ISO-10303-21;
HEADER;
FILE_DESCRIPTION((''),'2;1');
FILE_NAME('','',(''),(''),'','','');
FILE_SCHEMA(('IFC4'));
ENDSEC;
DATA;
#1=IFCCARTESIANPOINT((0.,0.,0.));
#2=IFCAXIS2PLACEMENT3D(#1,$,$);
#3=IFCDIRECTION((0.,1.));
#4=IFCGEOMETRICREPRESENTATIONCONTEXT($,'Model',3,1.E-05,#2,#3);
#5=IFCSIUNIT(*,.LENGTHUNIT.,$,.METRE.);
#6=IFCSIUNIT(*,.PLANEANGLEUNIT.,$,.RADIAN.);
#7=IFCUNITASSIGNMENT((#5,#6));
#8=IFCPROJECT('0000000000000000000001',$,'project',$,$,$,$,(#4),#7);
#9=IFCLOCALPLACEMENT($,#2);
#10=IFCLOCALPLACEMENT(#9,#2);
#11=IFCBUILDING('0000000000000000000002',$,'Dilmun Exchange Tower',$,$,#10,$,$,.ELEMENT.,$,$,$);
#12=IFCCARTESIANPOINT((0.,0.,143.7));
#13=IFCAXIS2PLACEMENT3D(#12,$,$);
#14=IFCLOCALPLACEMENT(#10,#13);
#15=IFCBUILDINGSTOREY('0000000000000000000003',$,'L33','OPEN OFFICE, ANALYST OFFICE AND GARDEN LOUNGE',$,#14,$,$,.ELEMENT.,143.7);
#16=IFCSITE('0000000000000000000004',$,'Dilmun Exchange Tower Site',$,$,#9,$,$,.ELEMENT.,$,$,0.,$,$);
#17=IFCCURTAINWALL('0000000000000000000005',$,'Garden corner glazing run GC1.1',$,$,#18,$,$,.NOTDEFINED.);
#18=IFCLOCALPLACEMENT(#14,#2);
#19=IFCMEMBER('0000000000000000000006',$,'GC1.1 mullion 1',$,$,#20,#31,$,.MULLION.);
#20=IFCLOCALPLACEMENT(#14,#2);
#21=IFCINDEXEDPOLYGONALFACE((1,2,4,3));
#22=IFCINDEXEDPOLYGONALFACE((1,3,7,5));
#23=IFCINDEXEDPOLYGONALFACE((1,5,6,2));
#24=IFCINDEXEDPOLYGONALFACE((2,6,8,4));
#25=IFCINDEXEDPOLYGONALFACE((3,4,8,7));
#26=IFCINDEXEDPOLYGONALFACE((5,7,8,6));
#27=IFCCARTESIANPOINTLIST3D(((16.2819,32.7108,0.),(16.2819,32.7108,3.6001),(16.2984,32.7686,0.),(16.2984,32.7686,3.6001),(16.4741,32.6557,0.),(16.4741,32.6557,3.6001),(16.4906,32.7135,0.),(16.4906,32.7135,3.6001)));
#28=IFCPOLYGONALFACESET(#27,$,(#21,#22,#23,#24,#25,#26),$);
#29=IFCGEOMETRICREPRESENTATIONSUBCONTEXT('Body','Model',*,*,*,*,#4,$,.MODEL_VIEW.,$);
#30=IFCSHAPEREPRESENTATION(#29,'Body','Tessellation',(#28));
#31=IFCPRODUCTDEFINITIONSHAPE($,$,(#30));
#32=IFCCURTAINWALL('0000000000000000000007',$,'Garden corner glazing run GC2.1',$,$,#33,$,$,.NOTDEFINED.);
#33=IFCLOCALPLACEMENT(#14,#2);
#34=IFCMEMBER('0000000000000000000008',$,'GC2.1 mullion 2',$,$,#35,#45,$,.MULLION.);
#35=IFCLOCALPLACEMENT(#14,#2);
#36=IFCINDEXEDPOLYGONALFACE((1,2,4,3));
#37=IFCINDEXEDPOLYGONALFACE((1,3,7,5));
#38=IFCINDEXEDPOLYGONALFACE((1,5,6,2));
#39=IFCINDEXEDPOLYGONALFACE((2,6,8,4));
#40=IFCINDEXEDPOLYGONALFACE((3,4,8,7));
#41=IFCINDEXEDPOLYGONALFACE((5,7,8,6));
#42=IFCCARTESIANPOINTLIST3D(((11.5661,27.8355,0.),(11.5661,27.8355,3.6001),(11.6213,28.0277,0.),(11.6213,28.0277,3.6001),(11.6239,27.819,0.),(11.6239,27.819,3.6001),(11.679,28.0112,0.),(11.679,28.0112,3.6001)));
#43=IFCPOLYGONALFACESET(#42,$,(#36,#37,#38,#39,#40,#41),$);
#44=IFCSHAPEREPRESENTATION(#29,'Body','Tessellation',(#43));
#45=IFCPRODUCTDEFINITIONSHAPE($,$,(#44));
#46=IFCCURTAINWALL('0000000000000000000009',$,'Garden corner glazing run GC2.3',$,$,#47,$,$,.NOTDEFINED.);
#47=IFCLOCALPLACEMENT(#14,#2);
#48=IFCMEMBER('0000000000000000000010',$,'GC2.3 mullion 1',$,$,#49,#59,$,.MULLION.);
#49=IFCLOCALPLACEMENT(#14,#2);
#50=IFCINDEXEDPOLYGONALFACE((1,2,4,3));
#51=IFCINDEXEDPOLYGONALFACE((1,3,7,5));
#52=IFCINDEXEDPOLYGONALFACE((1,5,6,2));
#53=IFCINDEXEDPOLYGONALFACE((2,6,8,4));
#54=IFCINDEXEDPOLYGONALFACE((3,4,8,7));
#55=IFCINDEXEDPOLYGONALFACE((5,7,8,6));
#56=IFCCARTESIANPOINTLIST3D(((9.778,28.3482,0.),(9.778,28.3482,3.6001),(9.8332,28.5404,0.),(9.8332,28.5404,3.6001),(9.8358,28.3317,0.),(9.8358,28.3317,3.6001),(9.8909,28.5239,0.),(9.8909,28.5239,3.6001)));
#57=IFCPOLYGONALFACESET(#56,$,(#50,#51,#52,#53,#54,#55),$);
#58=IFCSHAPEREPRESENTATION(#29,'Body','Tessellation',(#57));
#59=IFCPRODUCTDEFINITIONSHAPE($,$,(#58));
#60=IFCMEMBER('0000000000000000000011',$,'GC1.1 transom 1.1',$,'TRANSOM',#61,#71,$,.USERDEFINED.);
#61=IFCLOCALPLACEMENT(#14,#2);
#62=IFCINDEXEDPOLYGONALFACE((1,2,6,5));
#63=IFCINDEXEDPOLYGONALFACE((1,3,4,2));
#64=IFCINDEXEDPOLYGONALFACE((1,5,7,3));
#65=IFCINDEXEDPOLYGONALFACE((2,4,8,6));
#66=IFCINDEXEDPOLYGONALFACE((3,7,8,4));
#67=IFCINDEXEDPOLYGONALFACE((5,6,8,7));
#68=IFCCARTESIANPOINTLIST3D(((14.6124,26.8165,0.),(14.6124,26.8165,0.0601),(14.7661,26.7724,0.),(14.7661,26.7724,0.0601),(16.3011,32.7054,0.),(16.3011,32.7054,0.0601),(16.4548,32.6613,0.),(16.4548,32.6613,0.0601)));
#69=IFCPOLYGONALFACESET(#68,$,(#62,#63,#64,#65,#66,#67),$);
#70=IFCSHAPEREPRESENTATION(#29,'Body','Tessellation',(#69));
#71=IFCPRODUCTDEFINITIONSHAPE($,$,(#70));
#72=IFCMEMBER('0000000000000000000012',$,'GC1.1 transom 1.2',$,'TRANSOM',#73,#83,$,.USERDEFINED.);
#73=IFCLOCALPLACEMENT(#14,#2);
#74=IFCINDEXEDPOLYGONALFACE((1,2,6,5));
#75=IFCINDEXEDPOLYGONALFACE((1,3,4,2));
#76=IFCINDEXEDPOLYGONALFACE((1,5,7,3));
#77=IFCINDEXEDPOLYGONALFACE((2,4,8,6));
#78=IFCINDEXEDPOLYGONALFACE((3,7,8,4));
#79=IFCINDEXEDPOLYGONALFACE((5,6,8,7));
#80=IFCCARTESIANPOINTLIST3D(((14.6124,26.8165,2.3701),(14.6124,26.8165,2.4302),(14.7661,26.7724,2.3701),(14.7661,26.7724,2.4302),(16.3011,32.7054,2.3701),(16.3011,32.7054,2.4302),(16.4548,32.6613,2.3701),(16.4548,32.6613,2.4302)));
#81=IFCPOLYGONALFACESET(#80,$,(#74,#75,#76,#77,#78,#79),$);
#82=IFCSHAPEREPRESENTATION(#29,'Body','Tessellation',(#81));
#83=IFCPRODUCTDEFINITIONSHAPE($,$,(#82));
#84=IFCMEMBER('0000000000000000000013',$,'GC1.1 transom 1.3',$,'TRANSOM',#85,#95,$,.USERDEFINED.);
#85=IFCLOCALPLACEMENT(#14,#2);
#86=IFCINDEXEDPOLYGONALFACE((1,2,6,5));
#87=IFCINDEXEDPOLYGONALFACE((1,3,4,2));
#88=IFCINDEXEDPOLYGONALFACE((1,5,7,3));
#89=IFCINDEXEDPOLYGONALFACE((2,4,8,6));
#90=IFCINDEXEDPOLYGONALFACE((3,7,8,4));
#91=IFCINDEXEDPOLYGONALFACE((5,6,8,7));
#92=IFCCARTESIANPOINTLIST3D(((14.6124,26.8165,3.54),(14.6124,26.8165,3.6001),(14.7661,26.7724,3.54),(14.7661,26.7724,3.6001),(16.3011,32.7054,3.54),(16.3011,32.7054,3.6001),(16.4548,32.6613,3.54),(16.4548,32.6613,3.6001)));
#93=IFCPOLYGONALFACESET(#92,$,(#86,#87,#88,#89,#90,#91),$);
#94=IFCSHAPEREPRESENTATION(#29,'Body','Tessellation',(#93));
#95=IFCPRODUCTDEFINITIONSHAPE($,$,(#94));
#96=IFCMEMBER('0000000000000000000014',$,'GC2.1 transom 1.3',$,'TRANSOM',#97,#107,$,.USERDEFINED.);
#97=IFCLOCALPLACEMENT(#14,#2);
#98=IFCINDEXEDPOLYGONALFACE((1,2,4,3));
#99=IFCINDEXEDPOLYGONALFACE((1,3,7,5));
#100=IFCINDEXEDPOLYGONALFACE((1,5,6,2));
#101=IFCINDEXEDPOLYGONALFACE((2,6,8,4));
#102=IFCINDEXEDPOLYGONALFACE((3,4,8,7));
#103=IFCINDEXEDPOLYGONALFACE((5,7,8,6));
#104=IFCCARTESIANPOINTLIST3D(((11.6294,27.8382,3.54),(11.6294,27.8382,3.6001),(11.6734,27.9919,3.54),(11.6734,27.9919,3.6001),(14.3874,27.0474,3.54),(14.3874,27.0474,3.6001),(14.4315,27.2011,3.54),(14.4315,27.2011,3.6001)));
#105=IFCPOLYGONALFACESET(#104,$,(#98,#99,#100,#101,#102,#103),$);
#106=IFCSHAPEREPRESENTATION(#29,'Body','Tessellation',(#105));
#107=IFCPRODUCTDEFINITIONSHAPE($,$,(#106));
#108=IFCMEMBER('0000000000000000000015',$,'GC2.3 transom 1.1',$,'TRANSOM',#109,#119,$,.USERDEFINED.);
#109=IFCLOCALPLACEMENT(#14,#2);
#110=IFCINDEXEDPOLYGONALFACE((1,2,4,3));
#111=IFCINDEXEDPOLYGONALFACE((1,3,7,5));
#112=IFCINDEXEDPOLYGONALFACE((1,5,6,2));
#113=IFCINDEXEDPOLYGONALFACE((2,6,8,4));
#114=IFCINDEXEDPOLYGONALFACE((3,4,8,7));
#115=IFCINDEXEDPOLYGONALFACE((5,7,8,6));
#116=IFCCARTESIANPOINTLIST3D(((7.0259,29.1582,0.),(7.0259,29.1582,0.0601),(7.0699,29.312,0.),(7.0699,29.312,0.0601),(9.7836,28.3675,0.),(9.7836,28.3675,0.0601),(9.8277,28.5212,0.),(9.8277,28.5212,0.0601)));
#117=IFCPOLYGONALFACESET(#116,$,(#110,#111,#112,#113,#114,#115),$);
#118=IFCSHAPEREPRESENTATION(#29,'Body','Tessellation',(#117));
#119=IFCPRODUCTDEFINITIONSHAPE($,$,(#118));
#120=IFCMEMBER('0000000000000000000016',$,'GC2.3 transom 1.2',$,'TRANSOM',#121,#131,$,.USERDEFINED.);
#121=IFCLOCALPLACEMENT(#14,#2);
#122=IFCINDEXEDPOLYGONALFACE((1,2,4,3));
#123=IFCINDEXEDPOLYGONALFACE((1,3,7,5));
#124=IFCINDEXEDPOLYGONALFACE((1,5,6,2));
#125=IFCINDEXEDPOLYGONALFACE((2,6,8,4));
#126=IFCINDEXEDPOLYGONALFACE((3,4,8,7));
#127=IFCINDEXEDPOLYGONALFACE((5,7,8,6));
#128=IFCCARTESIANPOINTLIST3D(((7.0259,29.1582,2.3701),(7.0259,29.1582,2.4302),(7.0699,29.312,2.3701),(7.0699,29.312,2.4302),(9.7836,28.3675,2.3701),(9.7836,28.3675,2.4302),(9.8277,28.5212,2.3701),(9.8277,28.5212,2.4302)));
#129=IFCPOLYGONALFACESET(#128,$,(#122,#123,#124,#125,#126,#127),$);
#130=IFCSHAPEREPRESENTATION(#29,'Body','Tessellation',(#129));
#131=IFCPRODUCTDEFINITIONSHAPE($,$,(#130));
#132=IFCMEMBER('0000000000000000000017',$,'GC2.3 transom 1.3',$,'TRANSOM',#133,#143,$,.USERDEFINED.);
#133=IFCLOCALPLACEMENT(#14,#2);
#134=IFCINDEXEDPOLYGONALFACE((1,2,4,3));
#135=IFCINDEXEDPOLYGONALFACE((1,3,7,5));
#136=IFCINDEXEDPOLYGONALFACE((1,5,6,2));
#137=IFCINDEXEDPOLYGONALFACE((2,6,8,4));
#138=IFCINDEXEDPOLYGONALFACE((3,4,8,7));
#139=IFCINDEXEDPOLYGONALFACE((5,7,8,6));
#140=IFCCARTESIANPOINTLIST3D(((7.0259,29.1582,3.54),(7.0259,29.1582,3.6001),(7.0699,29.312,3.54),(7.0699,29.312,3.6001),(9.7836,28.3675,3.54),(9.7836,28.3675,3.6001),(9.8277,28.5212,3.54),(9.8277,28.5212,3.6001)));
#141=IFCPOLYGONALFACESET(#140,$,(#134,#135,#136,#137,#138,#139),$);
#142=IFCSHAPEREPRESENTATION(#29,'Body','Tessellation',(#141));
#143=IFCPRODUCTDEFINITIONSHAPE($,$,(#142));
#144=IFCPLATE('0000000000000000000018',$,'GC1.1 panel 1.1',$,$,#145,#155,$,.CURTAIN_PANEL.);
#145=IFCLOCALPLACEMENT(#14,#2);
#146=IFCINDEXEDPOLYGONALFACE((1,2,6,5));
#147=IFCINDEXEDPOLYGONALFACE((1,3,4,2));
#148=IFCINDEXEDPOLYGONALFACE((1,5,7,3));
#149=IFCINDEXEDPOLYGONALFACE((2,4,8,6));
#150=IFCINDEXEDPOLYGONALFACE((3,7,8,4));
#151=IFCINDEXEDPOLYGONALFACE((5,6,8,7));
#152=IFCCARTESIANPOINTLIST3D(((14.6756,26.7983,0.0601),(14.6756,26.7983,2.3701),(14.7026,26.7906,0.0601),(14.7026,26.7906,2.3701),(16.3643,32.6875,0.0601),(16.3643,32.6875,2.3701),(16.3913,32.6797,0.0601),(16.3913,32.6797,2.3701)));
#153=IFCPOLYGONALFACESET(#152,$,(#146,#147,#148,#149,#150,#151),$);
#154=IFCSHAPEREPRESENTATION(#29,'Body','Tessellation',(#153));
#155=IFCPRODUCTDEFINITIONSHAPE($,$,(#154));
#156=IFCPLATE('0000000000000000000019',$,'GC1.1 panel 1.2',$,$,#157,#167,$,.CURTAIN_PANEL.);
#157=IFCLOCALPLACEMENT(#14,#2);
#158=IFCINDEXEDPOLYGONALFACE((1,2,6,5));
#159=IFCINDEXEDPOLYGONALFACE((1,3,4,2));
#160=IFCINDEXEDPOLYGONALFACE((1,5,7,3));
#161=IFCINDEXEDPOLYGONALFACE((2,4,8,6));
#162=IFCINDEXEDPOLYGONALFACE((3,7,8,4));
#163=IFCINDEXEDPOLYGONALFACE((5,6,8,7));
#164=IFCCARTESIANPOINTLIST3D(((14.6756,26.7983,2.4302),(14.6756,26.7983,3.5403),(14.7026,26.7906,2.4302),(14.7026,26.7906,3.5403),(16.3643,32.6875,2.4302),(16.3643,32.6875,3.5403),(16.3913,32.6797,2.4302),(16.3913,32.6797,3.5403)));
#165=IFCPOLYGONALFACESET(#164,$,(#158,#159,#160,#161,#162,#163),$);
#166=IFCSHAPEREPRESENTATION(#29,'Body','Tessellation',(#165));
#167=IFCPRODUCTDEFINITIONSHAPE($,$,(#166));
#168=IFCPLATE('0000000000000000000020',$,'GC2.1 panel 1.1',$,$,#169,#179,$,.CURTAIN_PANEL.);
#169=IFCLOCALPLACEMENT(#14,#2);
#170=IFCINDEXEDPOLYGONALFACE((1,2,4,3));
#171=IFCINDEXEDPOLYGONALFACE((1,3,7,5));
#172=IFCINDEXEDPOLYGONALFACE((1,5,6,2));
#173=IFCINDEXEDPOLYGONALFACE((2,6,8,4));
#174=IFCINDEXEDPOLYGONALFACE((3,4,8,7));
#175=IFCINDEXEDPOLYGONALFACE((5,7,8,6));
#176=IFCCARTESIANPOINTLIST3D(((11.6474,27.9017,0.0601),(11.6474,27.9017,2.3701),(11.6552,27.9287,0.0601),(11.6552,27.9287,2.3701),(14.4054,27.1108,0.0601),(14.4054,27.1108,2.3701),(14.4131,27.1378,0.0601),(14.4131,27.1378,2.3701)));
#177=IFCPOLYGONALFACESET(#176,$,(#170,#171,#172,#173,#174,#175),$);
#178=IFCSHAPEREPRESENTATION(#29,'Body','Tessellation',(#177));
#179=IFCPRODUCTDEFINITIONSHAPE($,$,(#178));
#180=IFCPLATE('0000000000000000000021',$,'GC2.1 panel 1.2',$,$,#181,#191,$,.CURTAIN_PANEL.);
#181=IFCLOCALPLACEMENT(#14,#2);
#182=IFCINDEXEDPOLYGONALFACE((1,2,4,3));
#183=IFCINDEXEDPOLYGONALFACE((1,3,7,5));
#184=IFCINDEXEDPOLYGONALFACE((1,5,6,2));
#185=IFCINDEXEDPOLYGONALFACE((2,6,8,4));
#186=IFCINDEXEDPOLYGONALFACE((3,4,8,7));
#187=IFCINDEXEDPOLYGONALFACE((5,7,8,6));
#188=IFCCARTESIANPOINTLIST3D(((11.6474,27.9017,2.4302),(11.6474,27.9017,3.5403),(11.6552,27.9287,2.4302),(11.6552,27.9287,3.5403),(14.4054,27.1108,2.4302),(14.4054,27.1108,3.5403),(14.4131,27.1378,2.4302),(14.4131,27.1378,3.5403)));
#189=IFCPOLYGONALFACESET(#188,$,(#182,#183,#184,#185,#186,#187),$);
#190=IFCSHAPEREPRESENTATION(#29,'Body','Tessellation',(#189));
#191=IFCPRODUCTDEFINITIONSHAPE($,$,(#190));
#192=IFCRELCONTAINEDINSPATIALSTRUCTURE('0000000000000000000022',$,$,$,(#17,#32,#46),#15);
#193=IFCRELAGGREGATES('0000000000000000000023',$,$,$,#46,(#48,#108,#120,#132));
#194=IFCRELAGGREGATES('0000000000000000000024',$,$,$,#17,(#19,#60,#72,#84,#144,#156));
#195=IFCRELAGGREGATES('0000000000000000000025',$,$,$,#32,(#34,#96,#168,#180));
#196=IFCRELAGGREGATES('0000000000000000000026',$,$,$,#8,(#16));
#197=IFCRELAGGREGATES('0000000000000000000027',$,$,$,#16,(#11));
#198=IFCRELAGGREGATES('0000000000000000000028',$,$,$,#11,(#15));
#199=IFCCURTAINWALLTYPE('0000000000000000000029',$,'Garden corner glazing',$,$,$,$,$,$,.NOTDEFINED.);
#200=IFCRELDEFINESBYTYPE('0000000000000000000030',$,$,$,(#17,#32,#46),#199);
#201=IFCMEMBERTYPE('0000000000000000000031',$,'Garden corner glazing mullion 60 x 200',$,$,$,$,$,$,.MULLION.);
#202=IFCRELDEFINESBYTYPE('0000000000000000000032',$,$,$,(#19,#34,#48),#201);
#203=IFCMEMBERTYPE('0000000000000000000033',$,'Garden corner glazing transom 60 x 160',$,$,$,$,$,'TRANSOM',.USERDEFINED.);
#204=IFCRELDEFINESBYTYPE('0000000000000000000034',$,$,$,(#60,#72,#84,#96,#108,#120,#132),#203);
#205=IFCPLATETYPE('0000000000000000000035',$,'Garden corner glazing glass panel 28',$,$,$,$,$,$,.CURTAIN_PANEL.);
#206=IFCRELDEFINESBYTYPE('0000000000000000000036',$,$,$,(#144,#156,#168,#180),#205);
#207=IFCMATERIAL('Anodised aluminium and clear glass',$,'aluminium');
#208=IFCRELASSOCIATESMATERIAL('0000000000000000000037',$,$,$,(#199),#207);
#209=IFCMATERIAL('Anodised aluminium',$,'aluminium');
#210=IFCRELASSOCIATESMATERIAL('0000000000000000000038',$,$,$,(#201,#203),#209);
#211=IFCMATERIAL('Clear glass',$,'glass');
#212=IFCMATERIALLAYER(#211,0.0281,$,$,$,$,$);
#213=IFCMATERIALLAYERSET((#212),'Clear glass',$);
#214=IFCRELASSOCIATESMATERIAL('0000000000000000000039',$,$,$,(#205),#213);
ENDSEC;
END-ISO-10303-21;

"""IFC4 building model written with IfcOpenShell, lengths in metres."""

from ifc_helpers import new_model, si_unit, direction, frame, origin, origin_2d, place, context, subcontext, project, spatial, rectangle, extrude, material, layer, layer_set, material_profile, profile_set, type_object, element, aggregate, save


model = new_model("IFC4")

# Units and contexts
model_context = context("Model", 3, precision=1e-05, world=origin(), true_north=direction((0.0, 1.0)))
body_context = subcontext(model_context, "Body", "Model", "MODEL_VIEW")
ifc_project = project(units=[si_unit("LENGTHUNIT", "METRE"), si_unit("PLANEANGLEUNIT", "RADIAN")], contexts=[model_context])

# Site, building, storey
site_placement = place(None, origin())
site = spatial("IfcSite", under=ifc_project, at=site_placement, Name="Dilmun Exchange Tower Site", CompositionType="ELEMENT", RefElevation=0.0)
building_placement = place(site_placement, origin())
building = spatial("IfcBuilding", under=site, at=building_placement, Name="Dilmun Exchange Tower", CompositionType="ELEMENT")
storey_placement = place(building_placement, frame((0.0, 0.0, 143.7)))
storey = spatial("IfcBuildingStorey", under=building, at=storey_placement, Name="L33", Description="OPEN OFFICE, ANALYST OFFICE AND GARDEN LOUNGE", CompositionType="ELEMENT", Elevation=143.7)

# Curtain walls, members
ifc_material_1 = material(Name="Anodised aluminium and clear glass", Category="aluminium")
curtain_wall_type = type_object("IfcCurtainWallType", Name="Garden corner glazing", PredefinedType="NOTDEFINED", material=ifc_material_1)
curtain_wall_1_placement = place(storey_placement, origin())
curtain_wall_1 = element("IfcCurtainWall", 1, at=curtain_wall_1_placement, inside=storey, type_object=curtain_wall_type, Name="Garden corner glazing run GC1.1", PredefinedType="NOTDEFINED")
ifc_material_2 = material(Name="Anodised aluminium", Category="aluminium")
ifc_material_profile_1 = material_profile(ifc_material_2, rectangle(XDim=0.2, YDim=0.0601, at=origin_2d()), Name="AL 60x200")
ifc_profile_set_1 = profile_set([ifc_material_profile_1], Name="Anodised aluminium")
member_type_1 = type_object("IfcMemberType", Name="Garden corner glazing mullion 60 x 200", PredefinedType="MULLION", material=ifc_profile_set_1)
member_1_placement = place(storey_placement, frame((16.3862, 32.7122, 0.0), z_axis=(0.0, 0.0, 1.0), x_axis=(0.961263, -0.275632, 0.0)))
member_1 = element("IfcMember", 2, at=member_1_placement, type_object=member_type_1, Name="GC1.1 mullion 1", PredefinedType="MULLION", context=body_context, shape_type="SweptSolid", body=[
    extrude(rectangle(XDim=0.2, YDim=0.0601, at=origin_2d()), origin(), (0.0, 0.0, 1.0), 3.6001),
])
curtain_wall_2_placement = place(storey_placement, origin())
curtain_wall_2 = element("IfcCurtainWall", 3, at=curtain_wall_2_placement, inside=storey, type_object=curtain_wall_type, Name="Garden corner glazing run GC2.1", PredefinedType="NOTDEFINED")
member_2_placement = place(storey_placement, frame((11.6226, 27.9233, 0.0), z_axis=(0.0, 0.0, 1.0), x_axis=(-0.275667, -0.961253, 0.0)))
member_2 = element("IfcMember", 4, at=member_2_placement, type_object=member_type_1, Name="GC2.1 mullion 2", PredefinedType="MULLION", context=body_context, shape_type="SweptSolid", body=[
    extrude(rectangle(XDim=0.2, YDim=0.0601, at=origin_2d()), origin(), (0.0, 0.0, 1.0), 3.6001),
])
curtain_wall_3_placement = place(storey_placement, origin())
curtain_wall_3 = element("IfcCurtainWall", 5, at=curtain_wall_3_placement, inside=storey, type_object=curtain_wall_type, Name="Garden corner glazing run GC2.3", PredefinedType="NOTDEFINED")
member_3_placement = place(storey_placement, frame((9.8345, 28.436, 0.0), z_axis=(0.0, 0.0, 1.0), x_axis=(-0.275636, -0.961262, 0.0)))
member_3 = element("IfcMember", 6, at=member_3_placement, type_object=member_type_1, Name="GC2.3 mullion 1", PredefinedType="MULLION", context=body_context, shape_type="SweptSolid", body=[
    extrude(rectangle(XDim=0.2, YDim=0.0601, at=origin_2d()), origin(), (0.0, 0.0, 1.0), 3.6001),
])

# Members
ifc_material_profile_2 = material_profile(ifc_material_2, rectangle(XDim=0.1599, YDim=0.0601, at=origin_2d()), Name="AL 60x160")
ifc_profile_set_2 = profile_set([ifc_material_profile_2], Name="Anodised aluminium")
member_type_2 = type_object("IfcMemberType", Name="Garden corner glazing transom 60 x 160", ElementType="TRANSOM", PredefinedType="USERDEFINED", material=ifc_profile_set_2)
member_4_placement = place(storey_placement, frame((16.3779, 32.6833, 0.03), z_axis=(-0.275653, -0.961257, 0.0), x_axis=(0.961257, -0.275653, 0.0)))
member_4 = element("IfcMember", 7, at=member_4_placement, type_object=member_type_2, Name="GC1.1 transom 1.1", ObjectType="TRANSOM", PredefinedType="USERDEFINED", context=body_context, shape_type="SweptSolid", body=[
    extrude(rectangle(XDim=0.1599, YDim=0.0601, at=origin_2d()), origin(), (0.0, 0.0, 1.0), 6.1262),
])
member_5_placement = place(storey_placement, frame((16.3779, 32.6833, 2.4001), z_axis=(-0.275653, -0.961257, 0.0), x_axis=(0.961257, -0.275653, 0.0)))
member_5 = element("IfcMember", 8, at=member_5_placement, type_object=member_type_2, Name="GC1.1 transom 1.2", ObjectType="TRANSOM", PredefinedType="USERDEFINED", context=body_context, shape_type="SweptSolid", body=[
    extrude(rectangle(XDim=0.1599, YDim=0.0601, at=origin_2d()), origin(), (0.0, 0.0, 1.0), 6.1262),
])
member_6_placement = place(storey_placement, frame((16.3779, 32.6833, 3.5701), z_axis=(-0.275653, -0.961257, 0.0), x_axis=(0.961257, -0.275653, 0.0)))
member_6 = element("IfcMember", 9, at=member_6_placement, type_object=member_type_2, Name="GC1.1 transom 1.3", ObjectType="TRANSOM", PredefinedType="USERDEFINED", context=body_context, shape_type="SweptSolid", body=[
    extrude(rectangle(XDim=0.1599, YDim=0.0601, at=origin_2d()), origin(), (0.0, 0.0, 1.0), 6.1262),
])
member_7_placement = place(storey_placement, frame((14.4094, 27.1243, 3.5701), z_axis=(-0.96127, 0.275609, 0.0), x_axis=(-0.275609, -0.96127, 0.0)))
member_7 = element("IfcMember", 10, at=member_7_placement, type_object=member_type_2, Name="GC2.1 transom 1.3", ObjectType="TRANSOM", PredefinedType="USERDEFINED", context=body_context, shape_type="SweptSolid", body=[
    extrude(rectangle(XDim=0.1599, YDim=0.0601, at=origin_2d()), origin(), (0.0, 0.0, 1.0), 2.8691),
])
member_8_placement = place(storey_placement, frame((9.8057, 28.4443, 0.03), z_axis=(-0.961263, 0.275631, 0.0), x_axis=(-0.275631, -0.961263, 0.0)))
member_8 = element("IfcMember", 11, at=member_8_placement, type_object=member_type_2, Name="GC2.3 transom 1.1", ObjectType="TRANSOM", PredefinedType="USERDEFINED", context=body_context, shape_type="SweptSolid", body=[
    extrude(rectangle(XDim=0.1599, YDim=0.0601, at=origin_2d()), origin(), (0.0, 0.0, 1.0), 2.8689),
])
member_9_placement = place(storey_placement, frame((9.8057, 28.4443, 2.4001), z_axis=(-0.961263, 0.275631, 0.0), x_axis=(-0.275631, -0.961263, 0.0)))
member_9 = element("IfcMember", 12, at=member_9_placement, type_object=member_type_2, Name="GC2.3 transom 1.2", ObjectType="TRANSOM", PredefinedType="USERDEFINED", context=body_context, shape_type="SweptSolid", body=[
    extrude(rectangle(XDim=0.1599, YDim=0.0601, at=origin_2d()), origin(), (0.0, 0.0, 1.0), 2.8689),
])
member_10_placement = place(storey_placement, frame((9.8057, 28.4443, 3.5701), z_axis=(-0.961263, 0.275631, 0.0), x_axis=(-0.275631, -0.961263, 0.0)))
member_10 = element("IfcMember", 13, at=member_10_placement, type_object=member_type_2, Name="GC2.3 transom 1.3", ObjectType="TRANSOM", PredefinedType="USERDEFINED", context=body_context, shape_type="SweptSolid", body=[
    extrude(rectangle(XDim=0.1599, YDim=0.0601, at=origin_2d()), origin(), (0.0, 0.0, 1.0), 2.8689),
])
aggregate(curtain_wall_3, [member_3, member_8, member_9, member_10])

# Plates
ifc_material_3 = material(Name="Clear glass", Category="glass")
ifc_layer_1 = layer(ifc_material_3, 0.0281)
ifc_layer_set_1 = layer_set([ifc_layer_1], Name="Clear glass")
plate_type = type_object("IfcPlateType", Name="Garden corner glazing glass panel 28", PredefinedType="CURTAIN_PANEL", material=ifc_layer_set_1)
plate_1_placement = place(storey_placement, frame((15.5334, 29.739, 0.0601), z_axis=(0.0, 0.0, 1.0), x_axis=(-0.275632, -0.961263, 0.0)))
plate_1 = element("IfcPlate", 14, at=plate_1_placement, type_object=plate_type, Name="GC1.1 panel 1.1", PredefinedType="CURTAIN_PANEL", context=body_context, shape_type="SweptSolid", body=[
    extrude(rectangle(XDim=6.1265, YDim=0.0281, at=origin_2d()), origin(), (0.0, 0.0, 1.0), 2.3101),
])
plate_2_placement = place(storey_placement, frame((15.5334, 29.739, 2.4302), z_axis=(0.0, 0.0, 1.0), x_axis=(-0.275632, -0.961263, 0.0)))
plate_2 = element("IfcPlate", 15, at=plate_2_placement, type_object=plate_type, Name="GC1.1 panel 1.2", PredefinedType="CURTAIN_PANEL", context=body_context, shape_type="SweptSolid", body=[
    extrude(rectangle(XDim=6.1265, YDim=0.0281, at=origin_2d()), origin(), (0.0, 0.0, 1.0), 1.1101),
])
aggregate(curtain_wall_1, [member_1, member_4, member_5, member_6, plate_1, plate_2])
plate_3_placement = place(storey_placement, frame((13.0303, 27.5198, 0.0601), z_axis=(0.0, 0.0, 1.0), x_axis=(-0.961253, 0.275667, 0.0)))
plate_3 = element("IfcPlate", 16, at=plate_3_placement, type_object=plate_type, Name="GC2.1 panel 1.1", PredefinedType="CURTAIN_PANEL", context=body_context, shape_type="SweptSolid", body=[
    extrude(rectangle(XDim=2.8691, YDim=0.0281, at=origin_2d()), origin(), (0.0, 0.0, 1.0), 2.3101),
])
plate_4_placement = place(storey_placement, frame((13.0303, 27.5198, 2.4302), z_axis=(0.0, 0.0, 1.0), x_axis=(-0.961253, 0.275667, 0.0)))
plate_4 = element("IfcPlate", 17, at=plate_4_placement, type_object=plate_type, Name="GC2.1 panel 1.2", PredefinedType="CURTAIN_PANEL", context=body_context, shape_type="SweptSolid", body=[
    extrude(rectangle(XDim=2.8691, YDim=0.0281, at=origin_2d()), origin(), (0.0, 0.0, 1.0), 1.1101),
])
aggregate(curtain_wall_2, [member_2, member_7, plate_3, plate_4])

save(model, "model.ifc")
